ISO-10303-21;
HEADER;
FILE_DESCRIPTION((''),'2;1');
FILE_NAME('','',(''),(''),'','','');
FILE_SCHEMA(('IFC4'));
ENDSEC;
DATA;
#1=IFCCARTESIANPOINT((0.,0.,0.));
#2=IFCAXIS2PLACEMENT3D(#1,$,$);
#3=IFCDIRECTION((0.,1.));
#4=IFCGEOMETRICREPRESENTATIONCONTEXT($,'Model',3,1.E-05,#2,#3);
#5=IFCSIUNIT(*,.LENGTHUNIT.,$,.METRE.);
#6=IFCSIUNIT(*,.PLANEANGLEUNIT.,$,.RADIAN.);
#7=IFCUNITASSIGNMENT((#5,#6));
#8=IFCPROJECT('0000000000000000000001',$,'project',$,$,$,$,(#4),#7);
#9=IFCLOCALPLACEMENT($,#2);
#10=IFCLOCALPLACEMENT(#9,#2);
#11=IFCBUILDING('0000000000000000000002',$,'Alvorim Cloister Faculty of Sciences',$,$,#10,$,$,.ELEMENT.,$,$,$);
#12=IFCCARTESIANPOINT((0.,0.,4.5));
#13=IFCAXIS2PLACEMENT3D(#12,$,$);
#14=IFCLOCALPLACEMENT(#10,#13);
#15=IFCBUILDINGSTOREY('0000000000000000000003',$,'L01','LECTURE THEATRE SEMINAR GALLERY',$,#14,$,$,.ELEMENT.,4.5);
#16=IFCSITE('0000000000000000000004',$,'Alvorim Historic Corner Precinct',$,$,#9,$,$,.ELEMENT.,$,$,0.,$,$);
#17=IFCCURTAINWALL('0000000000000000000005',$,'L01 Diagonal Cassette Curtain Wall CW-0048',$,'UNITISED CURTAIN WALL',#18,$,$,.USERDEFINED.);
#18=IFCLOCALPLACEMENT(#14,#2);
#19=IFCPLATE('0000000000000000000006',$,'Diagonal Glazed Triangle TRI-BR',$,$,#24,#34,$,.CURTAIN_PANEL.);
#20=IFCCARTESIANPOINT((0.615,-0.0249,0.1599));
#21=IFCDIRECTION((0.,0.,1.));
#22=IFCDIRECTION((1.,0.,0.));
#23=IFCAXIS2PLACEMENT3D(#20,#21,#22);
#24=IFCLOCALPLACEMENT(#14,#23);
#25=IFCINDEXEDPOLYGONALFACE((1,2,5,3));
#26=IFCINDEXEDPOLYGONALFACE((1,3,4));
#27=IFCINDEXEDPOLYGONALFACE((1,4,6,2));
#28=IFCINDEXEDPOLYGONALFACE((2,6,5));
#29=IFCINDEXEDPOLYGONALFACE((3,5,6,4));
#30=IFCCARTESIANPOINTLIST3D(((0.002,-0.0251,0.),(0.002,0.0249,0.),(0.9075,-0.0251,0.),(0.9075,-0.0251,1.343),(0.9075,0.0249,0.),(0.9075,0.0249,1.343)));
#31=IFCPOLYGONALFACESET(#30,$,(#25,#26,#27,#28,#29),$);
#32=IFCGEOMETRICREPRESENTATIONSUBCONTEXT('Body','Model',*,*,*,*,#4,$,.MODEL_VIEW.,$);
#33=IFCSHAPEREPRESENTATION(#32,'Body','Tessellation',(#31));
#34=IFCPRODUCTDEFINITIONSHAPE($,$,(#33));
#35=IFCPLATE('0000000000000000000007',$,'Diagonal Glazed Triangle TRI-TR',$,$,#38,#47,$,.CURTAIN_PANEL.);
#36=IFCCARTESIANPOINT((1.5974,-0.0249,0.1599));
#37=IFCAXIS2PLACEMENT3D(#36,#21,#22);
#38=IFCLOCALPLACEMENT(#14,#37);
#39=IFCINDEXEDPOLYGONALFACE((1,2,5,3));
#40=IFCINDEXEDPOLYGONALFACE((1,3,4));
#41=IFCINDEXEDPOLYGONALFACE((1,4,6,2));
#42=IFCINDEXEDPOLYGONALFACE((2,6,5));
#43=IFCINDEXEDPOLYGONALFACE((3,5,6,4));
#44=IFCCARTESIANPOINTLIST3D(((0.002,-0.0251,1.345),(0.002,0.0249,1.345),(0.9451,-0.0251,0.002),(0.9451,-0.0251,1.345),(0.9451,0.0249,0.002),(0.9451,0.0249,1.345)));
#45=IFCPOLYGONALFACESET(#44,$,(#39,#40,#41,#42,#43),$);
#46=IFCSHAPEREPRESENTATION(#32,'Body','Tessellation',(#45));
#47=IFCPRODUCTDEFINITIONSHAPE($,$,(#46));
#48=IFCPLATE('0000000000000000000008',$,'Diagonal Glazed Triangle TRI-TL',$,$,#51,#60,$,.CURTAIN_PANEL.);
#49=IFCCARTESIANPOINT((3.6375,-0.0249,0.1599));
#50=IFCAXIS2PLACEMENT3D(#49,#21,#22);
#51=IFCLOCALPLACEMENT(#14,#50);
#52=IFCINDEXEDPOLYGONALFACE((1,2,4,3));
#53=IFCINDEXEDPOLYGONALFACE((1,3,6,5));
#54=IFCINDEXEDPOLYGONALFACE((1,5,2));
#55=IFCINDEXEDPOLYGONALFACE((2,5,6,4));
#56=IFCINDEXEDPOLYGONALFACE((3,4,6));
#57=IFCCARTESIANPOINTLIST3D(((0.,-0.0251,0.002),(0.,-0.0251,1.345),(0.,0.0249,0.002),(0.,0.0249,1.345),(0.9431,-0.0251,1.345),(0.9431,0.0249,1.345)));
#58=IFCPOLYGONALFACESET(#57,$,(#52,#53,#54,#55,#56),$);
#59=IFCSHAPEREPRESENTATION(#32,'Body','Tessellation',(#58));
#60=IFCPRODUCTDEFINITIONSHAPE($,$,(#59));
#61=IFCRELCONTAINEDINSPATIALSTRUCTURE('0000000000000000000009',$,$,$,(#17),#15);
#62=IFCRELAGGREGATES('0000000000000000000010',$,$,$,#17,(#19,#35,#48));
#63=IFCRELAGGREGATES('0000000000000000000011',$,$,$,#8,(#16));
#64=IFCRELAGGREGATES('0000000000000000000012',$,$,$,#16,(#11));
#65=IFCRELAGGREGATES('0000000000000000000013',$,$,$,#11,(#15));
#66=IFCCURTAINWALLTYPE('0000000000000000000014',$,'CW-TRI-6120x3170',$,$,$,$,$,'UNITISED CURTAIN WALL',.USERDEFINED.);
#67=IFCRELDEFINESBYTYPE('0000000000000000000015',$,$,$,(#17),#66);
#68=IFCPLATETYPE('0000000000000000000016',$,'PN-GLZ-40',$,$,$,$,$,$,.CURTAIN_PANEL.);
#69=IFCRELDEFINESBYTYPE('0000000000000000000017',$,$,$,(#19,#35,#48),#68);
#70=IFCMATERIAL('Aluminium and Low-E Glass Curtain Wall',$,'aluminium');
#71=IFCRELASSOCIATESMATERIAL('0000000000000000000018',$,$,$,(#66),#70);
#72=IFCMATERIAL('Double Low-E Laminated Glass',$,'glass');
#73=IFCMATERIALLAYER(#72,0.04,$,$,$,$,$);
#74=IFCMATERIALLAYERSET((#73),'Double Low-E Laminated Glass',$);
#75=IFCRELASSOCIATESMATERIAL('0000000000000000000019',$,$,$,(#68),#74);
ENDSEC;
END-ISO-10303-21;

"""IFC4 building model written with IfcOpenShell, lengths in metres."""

from ifc_helpers import new_model, si_unit, direction, frame, origin, place, context, subcontext, project, spatial, polyline, outline, extrude, material, layer, layer_set, type_object, element, aggregate, save


model = new_model("IFC4")

# Units and contexts
model_context = context("Model", 3, precision=1e-05, world=origin(), true_north=direction((0.0, 1.0)))
body_context = subcontext(model_context, "Body", "Model", "MODEL_VIEW")
ifc_project = project(units=[si_unit("LENGTHUNIT", "METRE"), si_unit("PLANEANGLEUNIT", "RADIAN")], contexts=[model_context])

# Site, building, storey
site_placement = place(None, origin())
site = spatial("IfcSite", under=ifc_project, at=site_placement, Name="Alvorim Historic Corner Precinct", CompositionType="ELEMENT", RefElevation=0.0)
building_placement = place(site_placement, origin())
building = spatial("IfcBuilding", under=site, at=building_placement, Name="Alvorim Cloister Faculty of Sciences", CompositionType="ELEMENT")
storey_placement = place(building_placement, frame((0.0, 0.0, 4.5)))
storey = spatial("IfcBuildingStorey", under=building, at=storey_placement, Name="L01", Description="LECTURE THEATRE SEMINAR GALLERY", CompositionType="ELEMENT", Elevation=4.5)

# Curtain wall, plates
ifc_material_1 = material(Name="Aluminium and Low-E Glass Curtain Wall", Category="aluminium")
curtain_wall_type = type_object("IfcCurtainWallType", Name="CW-TRI-6120x3170", ElementType="UNITISED CURTAIN WALL", PredefinedType="USERDEFINED", material=ifc_material_1)
curtain_wall_placement = place(storey_placement, origin())
curtain_wall = element("IfcCurtainWall", 1, at=curtain_wall_placement, inside=storey, type_object=curtain_wall_type, Name="L01 Diagonal Cassette Curtain Wall CW-0048", ObjectType="UNITISED CURTAIN WALL", PredefinedType="USERDEFINED")
ifc_material_2 = material(Name="Double Low-E Laminated Glass", Category="glass")
ifc_layer_1 = layer(ifc_material_2, 0.04)
ifc_layer_set_1 = layer_set([ifc_layer_1], Name="Double Low-E Laminated Glass")
plate_type = type_object("IfcPlateType", Name="PN-GLZ-40", PredefinedType="CURTAIN_PANEL", material=ifc_layer_set_1)
plate_1_placement = place(storey_placement, frame((0.615, -0.0249, 0.1599), z_axis=(0.0, 0.0, 1.0), x_axis=(1.0, 0.0, 0.0)))
plate_1 = element("IfcPlate", 2, at=plate_1_placement, type_object=plate_type, Name="Diagonal Glazed Triangle TRI-BR", PredefinedType="CURTAIN_PANEL", context=body_context, shape_type="SweptSolid", body=[
    extrude(outline(polyline([(0.002, 0.0), (0.9075, 0.0), (0.9075, 1.343), (0.002, 0.0)])), frame((0.0, 0.0249, 0.0), z_axis=(0.0, -1.0, 0.0), x_axis=(1.0, 0.0, 0.0)), (0.0, 0.0, 1.0), 0.05),
])
plate_2_placement = place(storey_placement, frame((1.5974, -0.0249, 0.1599), z_axis=(0.0, 0.0, 1.0), x_axis=(1.0, 0.0, 0.0)))
plate_2 = element("IfcPlate", 3, at=plate_2_placement, type_object=plate_type, Name="Diagonal Glazed Triangle TRI-TR", PredefinedType="CURTAIN_PANEL", context=body_context, shape_type="SweptSolid", body=[
    extrude(outline(polyline([(0.9451, 0.002), (0.9451, 1.345), (0.002, 1.345), (0.9451, 0.002)])), frame((0.0, 0.0249, 0.0), z_axis=(0.0, -1.0, 0.0), x_axis=(1.0, 0.0, 0.0)), (0.0, 0.0, 1.0), 0.05),
])
plate_3_placement = place(storey_placement, frame((3.6375, -0.0249, 0.1599), z_axis=(0.0, 0.0, 1.0), x_axis=(1.0, 0.0, 0.0)))
plate_3 = element("IfcPlate", 4, at=plate_3_placement, type_object=plate_type, Name="Diagonal Glazed Triangle TRI-TL", PredefinedType="CURTAIN_PANEL", context=body_context, shape_type="SweptSolid", body=[
    extrude(outline(polyline([(0.9431, 1.345), (0.0, 1.345), (0.0, 0.002), (0.9431, 1.345)])), frame((0.0, 0.0249, 0.0), z_axis=(0.0, -1.0, 0.0), x_axis=(1.0, 0.0, 0.0)), (0.0, 0.0, 1.0), 0.05),
])
aggregate(curtain_wall, [plate_1, plate_2, plate_3])

save(model, "model.ifc")
